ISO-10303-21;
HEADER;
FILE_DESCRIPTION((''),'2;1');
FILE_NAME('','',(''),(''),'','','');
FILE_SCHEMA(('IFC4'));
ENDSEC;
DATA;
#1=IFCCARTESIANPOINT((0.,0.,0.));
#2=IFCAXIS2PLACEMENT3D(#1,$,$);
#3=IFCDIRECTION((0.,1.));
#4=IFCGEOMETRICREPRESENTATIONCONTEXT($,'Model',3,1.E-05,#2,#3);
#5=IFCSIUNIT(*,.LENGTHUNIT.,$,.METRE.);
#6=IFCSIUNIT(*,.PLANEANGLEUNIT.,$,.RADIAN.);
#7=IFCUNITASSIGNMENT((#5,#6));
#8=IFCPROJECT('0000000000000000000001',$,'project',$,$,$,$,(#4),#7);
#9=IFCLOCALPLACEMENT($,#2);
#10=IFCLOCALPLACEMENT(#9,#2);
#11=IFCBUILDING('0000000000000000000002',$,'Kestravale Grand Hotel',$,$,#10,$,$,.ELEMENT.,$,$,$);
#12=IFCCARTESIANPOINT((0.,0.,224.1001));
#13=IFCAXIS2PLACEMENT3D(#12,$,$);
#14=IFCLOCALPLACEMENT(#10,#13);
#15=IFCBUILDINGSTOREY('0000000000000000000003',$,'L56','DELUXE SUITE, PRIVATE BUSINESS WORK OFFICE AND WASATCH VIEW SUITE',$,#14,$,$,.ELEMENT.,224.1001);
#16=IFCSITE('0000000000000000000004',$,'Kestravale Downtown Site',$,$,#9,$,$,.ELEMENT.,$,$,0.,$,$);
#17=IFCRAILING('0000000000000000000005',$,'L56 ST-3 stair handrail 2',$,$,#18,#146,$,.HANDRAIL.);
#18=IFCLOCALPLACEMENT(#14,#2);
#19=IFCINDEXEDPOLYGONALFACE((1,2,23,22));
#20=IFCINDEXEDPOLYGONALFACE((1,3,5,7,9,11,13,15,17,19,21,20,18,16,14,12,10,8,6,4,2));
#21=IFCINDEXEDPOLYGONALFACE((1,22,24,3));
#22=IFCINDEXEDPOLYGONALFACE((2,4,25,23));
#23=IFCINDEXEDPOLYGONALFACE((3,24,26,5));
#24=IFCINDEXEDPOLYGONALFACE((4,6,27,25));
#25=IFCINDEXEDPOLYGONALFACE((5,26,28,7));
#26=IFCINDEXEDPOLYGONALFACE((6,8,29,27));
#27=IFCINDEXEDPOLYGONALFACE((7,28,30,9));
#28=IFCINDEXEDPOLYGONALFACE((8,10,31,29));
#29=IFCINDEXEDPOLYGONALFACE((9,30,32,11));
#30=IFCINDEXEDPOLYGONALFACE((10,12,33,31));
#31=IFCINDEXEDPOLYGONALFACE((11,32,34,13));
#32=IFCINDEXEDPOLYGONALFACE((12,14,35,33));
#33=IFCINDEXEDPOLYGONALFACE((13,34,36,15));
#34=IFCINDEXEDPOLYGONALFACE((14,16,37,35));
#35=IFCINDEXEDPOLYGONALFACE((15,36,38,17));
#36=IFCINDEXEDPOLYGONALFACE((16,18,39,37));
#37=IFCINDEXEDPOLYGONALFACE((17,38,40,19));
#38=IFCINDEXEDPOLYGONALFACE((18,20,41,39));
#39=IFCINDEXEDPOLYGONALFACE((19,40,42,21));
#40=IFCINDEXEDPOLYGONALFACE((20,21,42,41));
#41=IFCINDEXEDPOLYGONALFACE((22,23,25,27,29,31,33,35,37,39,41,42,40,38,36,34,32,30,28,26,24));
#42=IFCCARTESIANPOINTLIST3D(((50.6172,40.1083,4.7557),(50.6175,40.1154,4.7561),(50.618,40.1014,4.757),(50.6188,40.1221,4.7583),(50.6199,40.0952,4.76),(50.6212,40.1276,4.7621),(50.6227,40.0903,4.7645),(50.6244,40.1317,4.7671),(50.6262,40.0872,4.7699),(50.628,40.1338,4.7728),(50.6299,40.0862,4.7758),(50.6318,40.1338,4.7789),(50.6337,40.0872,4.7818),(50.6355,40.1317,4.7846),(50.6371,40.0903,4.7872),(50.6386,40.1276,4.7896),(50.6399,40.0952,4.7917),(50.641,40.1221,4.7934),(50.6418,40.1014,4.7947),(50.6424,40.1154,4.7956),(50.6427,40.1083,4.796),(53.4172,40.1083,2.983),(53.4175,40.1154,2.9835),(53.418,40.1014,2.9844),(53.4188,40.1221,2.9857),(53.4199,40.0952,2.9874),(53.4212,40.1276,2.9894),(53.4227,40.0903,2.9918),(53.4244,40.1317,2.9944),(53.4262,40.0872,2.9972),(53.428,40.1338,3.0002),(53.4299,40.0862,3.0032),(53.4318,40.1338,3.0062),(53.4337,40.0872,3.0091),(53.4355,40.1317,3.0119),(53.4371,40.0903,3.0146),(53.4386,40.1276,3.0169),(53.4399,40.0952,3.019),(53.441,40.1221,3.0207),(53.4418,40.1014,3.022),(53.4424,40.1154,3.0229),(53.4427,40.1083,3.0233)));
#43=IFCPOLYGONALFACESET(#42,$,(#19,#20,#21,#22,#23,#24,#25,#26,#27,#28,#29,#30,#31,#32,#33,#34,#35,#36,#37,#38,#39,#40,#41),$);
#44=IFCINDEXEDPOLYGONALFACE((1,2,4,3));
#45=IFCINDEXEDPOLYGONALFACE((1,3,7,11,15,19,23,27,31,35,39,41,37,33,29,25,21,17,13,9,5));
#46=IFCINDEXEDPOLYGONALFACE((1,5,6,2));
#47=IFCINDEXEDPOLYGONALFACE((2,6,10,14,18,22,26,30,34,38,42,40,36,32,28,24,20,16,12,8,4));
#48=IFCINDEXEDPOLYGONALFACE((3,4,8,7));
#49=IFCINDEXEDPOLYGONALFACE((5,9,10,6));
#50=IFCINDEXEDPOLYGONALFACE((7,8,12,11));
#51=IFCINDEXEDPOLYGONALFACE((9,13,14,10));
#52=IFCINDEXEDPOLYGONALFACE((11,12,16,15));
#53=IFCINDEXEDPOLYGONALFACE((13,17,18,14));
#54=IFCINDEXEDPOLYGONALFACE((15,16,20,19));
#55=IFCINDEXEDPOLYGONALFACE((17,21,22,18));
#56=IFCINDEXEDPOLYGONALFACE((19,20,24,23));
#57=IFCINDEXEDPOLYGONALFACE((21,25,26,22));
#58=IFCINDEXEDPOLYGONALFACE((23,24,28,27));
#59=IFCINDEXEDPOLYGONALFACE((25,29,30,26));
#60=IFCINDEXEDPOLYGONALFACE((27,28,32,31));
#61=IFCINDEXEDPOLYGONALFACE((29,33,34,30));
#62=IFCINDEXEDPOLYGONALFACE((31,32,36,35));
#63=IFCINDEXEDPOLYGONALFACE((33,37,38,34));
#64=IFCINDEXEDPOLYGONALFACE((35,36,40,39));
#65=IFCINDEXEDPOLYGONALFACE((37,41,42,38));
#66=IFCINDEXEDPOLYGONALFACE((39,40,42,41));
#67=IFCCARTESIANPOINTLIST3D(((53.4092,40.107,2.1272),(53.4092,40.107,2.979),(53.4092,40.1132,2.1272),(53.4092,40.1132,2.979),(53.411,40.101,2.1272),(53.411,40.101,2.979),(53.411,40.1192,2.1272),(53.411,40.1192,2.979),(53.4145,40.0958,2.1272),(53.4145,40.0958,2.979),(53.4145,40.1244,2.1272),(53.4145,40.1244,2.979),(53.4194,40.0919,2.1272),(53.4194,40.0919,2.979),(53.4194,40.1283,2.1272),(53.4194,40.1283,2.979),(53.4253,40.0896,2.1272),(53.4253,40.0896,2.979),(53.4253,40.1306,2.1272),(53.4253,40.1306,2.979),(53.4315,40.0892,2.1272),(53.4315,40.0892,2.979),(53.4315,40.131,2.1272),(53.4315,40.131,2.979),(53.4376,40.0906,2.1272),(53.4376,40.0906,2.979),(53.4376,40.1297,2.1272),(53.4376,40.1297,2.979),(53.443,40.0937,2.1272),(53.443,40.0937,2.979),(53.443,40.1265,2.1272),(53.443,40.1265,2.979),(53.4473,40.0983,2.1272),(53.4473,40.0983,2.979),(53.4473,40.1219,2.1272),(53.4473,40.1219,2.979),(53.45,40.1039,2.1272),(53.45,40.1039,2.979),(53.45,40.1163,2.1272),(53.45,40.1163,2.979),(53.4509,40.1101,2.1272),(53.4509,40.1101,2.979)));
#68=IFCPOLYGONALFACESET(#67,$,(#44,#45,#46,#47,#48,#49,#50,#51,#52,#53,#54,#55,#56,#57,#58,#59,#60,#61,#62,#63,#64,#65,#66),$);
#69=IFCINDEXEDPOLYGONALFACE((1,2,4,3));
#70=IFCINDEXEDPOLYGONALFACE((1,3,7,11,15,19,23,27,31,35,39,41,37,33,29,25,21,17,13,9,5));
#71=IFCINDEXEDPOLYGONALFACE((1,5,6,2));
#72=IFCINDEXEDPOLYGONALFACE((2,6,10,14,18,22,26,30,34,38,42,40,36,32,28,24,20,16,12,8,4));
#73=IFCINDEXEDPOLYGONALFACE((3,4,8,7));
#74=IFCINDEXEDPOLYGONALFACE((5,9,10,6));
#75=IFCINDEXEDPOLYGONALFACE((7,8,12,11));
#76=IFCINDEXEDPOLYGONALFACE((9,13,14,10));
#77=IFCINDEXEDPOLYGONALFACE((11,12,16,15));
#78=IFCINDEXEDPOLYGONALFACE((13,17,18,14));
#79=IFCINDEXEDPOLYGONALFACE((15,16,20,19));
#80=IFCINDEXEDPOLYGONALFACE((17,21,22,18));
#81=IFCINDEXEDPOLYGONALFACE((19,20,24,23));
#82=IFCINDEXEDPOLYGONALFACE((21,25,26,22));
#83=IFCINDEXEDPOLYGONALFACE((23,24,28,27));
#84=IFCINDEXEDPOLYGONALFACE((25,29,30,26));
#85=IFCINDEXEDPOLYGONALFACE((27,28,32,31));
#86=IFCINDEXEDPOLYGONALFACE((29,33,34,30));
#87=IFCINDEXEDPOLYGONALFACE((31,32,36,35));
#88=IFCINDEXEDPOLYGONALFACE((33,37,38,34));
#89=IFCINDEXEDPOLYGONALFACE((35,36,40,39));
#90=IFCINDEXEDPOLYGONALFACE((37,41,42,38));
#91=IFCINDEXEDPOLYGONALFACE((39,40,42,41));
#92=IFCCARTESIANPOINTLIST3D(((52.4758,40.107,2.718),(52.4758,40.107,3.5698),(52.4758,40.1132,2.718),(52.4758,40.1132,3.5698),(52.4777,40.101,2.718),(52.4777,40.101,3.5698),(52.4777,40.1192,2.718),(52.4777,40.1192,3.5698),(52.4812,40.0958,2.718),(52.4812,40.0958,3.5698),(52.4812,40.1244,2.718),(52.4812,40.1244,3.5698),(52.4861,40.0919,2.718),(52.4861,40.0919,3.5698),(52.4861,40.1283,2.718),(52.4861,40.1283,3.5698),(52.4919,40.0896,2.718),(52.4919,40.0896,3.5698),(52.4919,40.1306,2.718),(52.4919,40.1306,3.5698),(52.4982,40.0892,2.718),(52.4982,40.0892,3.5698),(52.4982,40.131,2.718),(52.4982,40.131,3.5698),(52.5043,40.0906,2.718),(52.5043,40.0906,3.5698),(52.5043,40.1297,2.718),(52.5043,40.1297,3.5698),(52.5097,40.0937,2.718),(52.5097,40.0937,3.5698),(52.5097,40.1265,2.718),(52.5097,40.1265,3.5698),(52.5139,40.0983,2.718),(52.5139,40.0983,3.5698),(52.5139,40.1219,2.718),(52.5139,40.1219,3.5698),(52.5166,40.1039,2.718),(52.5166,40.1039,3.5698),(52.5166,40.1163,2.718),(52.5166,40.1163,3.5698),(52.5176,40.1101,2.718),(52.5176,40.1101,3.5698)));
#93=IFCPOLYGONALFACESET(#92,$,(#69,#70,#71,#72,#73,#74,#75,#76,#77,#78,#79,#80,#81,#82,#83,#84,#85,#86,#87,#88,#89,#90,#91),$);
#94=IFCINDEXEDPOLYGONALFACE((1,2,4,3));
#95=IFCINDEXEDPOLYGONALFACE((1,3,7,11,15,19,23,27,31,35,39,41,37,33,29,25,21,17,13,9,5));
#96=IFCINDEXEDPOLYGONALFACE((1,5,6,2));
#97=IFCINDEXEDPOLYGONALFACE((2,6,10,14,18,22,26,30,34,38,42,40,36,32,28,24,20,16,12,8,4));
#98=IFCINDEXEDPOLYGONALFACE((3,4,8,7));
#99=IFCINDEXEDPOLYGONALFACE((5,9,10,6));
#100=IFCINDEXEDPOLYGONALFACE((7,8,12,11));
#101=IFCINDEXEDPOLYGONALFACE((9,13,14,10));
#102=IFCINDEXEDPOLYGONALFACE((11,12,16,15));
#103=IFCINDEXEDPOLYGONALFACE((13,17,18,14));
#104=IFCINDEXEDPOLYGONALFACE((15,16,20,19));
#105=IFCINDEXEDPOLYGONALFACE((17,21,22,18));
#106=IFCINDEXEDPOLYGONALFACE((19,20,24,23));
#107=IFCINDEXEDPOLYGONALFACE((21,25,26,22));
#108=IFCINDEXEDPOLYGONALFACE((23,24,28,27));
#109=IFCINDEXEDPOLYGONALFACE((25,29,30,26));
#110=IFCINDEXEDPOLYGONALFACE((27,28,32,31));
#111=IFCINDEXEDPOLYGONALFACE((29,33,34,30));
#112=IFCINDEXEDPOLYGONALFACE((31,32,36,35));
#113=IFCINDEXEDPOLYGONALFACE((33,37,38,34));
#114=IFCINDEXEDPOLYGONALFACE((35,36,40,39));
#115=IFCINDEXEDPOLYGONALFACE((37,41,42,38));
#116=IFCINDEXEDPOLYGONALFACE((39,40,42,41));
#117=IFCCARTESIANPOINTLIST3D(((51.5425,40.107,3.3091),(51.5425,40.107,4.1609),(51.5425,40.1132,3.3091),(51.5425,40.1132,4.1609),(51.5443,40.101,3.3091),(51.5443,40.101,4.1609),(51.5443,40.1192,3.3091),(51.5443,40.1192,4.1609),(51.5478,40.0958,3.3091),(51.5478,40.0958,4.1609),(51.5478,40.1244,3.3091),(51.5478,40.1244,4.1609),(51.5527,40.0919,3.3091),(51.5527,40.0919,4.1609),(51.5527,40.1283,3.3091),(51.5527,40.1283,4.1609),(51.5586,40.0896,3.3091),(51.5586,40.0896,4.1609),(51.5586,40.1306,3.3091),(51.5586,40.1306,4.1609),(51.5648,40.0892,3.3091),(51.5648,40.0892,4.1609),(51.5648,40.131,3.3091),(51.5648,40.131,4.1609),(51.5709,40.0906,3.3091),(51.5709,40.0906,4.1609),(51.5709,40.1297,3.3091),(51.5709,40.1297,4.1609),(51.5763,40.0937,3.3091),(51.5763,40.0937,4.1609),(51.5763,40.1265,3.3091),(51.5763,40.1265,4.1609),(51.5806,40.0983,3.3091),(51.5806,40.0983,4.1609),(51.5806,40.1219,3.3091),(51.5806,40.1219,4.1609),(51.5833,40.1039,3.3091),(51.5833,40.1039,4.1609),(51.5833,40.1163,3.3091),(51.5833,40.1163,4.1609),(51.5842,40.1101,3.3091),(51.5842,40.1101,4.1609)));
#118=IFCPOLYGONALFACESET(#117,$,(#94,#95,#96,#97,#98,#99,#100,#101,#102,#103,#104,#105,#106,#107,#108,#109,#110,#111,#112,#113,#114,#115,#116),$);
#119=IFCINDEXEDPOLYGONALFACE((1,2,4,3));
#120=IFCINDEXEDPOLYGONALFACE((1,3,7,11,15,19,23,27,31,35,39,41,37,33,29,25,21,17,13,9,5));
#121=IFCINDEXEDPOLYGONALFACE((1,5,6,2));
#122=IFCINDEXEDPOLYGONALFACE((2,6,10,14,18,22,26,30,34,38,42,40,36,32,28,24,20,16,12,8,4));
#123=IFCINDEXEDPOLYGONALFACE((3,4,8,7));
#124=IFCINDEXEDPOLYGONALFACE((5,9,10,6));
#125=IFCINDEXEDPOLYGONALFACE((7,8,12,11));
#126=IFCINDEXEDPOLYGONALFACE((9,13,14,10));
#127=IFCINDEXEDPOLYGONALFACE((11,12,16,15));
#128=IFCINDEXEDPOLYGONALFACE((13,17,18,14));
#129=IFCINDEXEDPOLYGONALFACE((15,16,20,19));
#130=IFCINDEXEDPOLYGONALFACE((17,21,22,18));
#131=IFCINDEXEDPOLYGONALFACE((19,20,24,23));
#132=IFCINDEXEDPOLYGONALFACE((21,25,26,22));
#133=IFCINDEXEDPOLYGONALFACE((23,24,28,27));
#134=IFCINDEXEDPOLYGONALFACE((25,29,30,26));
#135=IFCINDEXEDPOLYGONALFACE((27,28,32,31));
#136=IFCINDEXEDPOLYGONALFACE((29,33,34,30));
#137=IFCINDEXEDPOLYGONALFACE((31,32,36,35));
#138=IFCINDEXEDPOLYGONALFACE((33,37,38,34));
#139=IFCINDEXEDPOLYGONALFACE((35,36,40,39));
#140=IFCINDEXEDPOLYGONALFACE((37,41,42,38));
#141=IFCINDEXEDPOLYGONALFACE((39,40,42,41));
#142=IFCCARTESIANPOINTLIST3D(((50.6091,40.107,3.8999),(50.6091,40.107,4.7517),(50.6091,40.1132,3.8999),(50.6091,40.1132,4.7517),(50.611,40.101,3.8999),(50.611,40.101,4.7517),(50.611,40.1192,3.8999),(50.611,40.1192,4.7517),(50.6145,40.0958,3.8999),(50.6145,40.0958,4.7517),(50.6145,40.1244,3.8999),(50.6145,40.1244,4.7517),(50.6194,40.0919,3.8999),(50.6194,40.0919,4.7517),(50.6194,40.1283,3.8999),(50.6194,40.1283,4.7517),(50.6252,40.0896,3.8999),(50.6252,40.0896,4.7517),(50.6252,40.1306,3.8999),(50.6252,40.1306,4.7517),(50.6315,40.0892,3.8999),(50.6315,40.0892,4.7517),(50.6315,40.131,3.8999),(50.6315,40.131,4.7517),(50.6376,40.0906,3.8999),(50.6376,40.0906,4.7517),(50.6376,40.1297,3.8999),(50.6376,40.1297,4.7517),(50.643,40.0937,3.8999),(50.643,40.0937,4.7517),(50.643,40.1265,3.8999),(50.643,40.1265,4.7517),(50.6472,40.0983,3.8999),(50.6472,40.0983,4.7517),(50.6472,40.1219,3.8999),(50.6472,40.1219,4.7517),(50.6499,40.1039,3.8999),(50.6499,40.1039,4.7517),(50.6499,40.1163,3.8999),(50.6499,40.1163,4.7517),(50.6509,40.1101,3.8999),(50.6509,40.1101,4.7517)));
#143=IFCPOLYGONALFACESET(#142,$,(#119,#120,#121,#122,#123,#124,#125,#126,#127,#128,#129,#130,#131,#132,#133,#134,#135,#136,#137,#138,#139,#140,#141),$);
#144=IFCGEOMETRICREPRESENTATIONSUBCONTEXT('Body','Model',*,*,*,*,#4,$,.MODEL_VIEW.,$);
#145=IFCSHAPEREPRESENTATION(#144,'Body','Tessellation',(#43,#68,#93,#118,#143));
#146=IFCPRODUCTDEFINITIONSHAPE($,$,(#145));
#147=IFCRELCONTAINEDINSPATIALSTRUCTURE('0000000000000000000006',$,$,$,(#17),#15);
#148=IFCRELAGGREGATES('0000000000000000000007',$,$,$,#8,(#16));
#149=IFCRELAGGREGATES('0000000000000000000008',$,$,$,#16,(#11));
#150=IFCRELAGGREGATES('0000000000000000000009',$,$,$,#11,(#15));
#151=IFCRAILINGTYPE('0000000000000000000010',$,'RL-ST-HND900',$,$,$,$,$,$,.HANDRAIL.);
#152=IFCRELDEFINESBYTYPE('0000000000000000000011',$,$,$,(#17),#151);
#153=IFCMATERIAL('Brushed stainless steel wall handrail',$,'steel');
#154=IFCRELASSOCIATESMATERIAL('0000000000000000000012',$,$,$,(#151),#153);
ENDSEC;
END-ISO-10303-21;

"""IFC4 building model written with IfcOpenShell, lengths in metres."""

from ifc_helpers import new_model, si_unit, direction, frame, origin, origin_2d, place, context, subcontext, project, spatial, circle, extrude, material, type_object, element, save


model = new_model("IFC4")

# Units and contexts
model_context = context("Model", 3, precision=1e-05, world=origin(), true_north=direction((0.0, 1.0)))
body_context = subcontext(model_context, "Body", "Model", "MODEL_VIEW")
ifc_project = project(units=[si_unit("LENGTHUNIT", "METRE"), si_unit("PLANEANGLEUNIT", "RADIAN")], contexts=[model_context])

# Site, building, storey
site_placement = place(None, origin())
site = spatial("IfcSite", under=ifc_project, at=site_placement, Name="Kestravale Downtown Site", CompositionType="ELEMENT", RefElevation=0.0)
building_placement = place(site_placement, origin())
building = spatial("IfcBuilding", under=site, at=building_placement, Name="Kestravale Grand Hotel", CompositionType="ELEMENT")
storey_placement = place(building_placement, frame((0.0, 0.0, 224.1001)))
storey = spatial("IfcBuildingStorey", under=building, at=storey_placement, Name="L56", Description="DELUXE SUITE, PRIVATE BUSINESS WORK OFFICE AND WASATCH VIEW SUITE", CompositionType="ELEMENT", Elevation=224.1001)

# Railing
ifc_material_1 = material(Name="Brushed stainless steel wall handrail", Category="steel")
railing_type_1 = type_object("IfcRailingType", Name="RL-ST-HND900", PredefinedType="HANDRAIL", material=ifc_material_1)
railing_1_placement = place(storey_placement, frame((53.4299, 40.1101, 2.1272)))
element("IfcRailing", 1, at=railing_1_placement, inside=storey, type_object=railing_type_1, Name="L56 ST-3 stair handrail 2", PredefinedType="HANDRAIL", context=body_context, shape_type="SweptSolid", body=[
    extrude(circle(Radius=0.0239, at=origin_2d()), frame((0.0, 0.0, 0.876), z_axis=(-0.844909, 0.0, 0.53491), x_axis=(0.0, -1.0, 0.0)), (0.0, 0.0, 1.0), 3.314),
    extrude(circle(Radius=0.021, at=origin_2d()), origin(), (0.0, 0.0, 1.0), 0.8518),
    extrude(circle(Radius=0.021, at=origin_2d()), frame((-0.9333, 0.0, 0.5908)), (0.0, 0.0, 1.0), 0.8518),
    extrude(circle(Radius=0.021, at=origin_2d()), frame((-1.8667, 0.0, 1.1819)), (0.0, 0.0, 1.0), 0.8518),
    extrude(circle(Radius=0.021, at=origin_2d()), frame((-2.8, 0.0, 1.7727)), (0.0, 0.0, 1.0), 0.8518),
])

save(model, "model.ifc")
